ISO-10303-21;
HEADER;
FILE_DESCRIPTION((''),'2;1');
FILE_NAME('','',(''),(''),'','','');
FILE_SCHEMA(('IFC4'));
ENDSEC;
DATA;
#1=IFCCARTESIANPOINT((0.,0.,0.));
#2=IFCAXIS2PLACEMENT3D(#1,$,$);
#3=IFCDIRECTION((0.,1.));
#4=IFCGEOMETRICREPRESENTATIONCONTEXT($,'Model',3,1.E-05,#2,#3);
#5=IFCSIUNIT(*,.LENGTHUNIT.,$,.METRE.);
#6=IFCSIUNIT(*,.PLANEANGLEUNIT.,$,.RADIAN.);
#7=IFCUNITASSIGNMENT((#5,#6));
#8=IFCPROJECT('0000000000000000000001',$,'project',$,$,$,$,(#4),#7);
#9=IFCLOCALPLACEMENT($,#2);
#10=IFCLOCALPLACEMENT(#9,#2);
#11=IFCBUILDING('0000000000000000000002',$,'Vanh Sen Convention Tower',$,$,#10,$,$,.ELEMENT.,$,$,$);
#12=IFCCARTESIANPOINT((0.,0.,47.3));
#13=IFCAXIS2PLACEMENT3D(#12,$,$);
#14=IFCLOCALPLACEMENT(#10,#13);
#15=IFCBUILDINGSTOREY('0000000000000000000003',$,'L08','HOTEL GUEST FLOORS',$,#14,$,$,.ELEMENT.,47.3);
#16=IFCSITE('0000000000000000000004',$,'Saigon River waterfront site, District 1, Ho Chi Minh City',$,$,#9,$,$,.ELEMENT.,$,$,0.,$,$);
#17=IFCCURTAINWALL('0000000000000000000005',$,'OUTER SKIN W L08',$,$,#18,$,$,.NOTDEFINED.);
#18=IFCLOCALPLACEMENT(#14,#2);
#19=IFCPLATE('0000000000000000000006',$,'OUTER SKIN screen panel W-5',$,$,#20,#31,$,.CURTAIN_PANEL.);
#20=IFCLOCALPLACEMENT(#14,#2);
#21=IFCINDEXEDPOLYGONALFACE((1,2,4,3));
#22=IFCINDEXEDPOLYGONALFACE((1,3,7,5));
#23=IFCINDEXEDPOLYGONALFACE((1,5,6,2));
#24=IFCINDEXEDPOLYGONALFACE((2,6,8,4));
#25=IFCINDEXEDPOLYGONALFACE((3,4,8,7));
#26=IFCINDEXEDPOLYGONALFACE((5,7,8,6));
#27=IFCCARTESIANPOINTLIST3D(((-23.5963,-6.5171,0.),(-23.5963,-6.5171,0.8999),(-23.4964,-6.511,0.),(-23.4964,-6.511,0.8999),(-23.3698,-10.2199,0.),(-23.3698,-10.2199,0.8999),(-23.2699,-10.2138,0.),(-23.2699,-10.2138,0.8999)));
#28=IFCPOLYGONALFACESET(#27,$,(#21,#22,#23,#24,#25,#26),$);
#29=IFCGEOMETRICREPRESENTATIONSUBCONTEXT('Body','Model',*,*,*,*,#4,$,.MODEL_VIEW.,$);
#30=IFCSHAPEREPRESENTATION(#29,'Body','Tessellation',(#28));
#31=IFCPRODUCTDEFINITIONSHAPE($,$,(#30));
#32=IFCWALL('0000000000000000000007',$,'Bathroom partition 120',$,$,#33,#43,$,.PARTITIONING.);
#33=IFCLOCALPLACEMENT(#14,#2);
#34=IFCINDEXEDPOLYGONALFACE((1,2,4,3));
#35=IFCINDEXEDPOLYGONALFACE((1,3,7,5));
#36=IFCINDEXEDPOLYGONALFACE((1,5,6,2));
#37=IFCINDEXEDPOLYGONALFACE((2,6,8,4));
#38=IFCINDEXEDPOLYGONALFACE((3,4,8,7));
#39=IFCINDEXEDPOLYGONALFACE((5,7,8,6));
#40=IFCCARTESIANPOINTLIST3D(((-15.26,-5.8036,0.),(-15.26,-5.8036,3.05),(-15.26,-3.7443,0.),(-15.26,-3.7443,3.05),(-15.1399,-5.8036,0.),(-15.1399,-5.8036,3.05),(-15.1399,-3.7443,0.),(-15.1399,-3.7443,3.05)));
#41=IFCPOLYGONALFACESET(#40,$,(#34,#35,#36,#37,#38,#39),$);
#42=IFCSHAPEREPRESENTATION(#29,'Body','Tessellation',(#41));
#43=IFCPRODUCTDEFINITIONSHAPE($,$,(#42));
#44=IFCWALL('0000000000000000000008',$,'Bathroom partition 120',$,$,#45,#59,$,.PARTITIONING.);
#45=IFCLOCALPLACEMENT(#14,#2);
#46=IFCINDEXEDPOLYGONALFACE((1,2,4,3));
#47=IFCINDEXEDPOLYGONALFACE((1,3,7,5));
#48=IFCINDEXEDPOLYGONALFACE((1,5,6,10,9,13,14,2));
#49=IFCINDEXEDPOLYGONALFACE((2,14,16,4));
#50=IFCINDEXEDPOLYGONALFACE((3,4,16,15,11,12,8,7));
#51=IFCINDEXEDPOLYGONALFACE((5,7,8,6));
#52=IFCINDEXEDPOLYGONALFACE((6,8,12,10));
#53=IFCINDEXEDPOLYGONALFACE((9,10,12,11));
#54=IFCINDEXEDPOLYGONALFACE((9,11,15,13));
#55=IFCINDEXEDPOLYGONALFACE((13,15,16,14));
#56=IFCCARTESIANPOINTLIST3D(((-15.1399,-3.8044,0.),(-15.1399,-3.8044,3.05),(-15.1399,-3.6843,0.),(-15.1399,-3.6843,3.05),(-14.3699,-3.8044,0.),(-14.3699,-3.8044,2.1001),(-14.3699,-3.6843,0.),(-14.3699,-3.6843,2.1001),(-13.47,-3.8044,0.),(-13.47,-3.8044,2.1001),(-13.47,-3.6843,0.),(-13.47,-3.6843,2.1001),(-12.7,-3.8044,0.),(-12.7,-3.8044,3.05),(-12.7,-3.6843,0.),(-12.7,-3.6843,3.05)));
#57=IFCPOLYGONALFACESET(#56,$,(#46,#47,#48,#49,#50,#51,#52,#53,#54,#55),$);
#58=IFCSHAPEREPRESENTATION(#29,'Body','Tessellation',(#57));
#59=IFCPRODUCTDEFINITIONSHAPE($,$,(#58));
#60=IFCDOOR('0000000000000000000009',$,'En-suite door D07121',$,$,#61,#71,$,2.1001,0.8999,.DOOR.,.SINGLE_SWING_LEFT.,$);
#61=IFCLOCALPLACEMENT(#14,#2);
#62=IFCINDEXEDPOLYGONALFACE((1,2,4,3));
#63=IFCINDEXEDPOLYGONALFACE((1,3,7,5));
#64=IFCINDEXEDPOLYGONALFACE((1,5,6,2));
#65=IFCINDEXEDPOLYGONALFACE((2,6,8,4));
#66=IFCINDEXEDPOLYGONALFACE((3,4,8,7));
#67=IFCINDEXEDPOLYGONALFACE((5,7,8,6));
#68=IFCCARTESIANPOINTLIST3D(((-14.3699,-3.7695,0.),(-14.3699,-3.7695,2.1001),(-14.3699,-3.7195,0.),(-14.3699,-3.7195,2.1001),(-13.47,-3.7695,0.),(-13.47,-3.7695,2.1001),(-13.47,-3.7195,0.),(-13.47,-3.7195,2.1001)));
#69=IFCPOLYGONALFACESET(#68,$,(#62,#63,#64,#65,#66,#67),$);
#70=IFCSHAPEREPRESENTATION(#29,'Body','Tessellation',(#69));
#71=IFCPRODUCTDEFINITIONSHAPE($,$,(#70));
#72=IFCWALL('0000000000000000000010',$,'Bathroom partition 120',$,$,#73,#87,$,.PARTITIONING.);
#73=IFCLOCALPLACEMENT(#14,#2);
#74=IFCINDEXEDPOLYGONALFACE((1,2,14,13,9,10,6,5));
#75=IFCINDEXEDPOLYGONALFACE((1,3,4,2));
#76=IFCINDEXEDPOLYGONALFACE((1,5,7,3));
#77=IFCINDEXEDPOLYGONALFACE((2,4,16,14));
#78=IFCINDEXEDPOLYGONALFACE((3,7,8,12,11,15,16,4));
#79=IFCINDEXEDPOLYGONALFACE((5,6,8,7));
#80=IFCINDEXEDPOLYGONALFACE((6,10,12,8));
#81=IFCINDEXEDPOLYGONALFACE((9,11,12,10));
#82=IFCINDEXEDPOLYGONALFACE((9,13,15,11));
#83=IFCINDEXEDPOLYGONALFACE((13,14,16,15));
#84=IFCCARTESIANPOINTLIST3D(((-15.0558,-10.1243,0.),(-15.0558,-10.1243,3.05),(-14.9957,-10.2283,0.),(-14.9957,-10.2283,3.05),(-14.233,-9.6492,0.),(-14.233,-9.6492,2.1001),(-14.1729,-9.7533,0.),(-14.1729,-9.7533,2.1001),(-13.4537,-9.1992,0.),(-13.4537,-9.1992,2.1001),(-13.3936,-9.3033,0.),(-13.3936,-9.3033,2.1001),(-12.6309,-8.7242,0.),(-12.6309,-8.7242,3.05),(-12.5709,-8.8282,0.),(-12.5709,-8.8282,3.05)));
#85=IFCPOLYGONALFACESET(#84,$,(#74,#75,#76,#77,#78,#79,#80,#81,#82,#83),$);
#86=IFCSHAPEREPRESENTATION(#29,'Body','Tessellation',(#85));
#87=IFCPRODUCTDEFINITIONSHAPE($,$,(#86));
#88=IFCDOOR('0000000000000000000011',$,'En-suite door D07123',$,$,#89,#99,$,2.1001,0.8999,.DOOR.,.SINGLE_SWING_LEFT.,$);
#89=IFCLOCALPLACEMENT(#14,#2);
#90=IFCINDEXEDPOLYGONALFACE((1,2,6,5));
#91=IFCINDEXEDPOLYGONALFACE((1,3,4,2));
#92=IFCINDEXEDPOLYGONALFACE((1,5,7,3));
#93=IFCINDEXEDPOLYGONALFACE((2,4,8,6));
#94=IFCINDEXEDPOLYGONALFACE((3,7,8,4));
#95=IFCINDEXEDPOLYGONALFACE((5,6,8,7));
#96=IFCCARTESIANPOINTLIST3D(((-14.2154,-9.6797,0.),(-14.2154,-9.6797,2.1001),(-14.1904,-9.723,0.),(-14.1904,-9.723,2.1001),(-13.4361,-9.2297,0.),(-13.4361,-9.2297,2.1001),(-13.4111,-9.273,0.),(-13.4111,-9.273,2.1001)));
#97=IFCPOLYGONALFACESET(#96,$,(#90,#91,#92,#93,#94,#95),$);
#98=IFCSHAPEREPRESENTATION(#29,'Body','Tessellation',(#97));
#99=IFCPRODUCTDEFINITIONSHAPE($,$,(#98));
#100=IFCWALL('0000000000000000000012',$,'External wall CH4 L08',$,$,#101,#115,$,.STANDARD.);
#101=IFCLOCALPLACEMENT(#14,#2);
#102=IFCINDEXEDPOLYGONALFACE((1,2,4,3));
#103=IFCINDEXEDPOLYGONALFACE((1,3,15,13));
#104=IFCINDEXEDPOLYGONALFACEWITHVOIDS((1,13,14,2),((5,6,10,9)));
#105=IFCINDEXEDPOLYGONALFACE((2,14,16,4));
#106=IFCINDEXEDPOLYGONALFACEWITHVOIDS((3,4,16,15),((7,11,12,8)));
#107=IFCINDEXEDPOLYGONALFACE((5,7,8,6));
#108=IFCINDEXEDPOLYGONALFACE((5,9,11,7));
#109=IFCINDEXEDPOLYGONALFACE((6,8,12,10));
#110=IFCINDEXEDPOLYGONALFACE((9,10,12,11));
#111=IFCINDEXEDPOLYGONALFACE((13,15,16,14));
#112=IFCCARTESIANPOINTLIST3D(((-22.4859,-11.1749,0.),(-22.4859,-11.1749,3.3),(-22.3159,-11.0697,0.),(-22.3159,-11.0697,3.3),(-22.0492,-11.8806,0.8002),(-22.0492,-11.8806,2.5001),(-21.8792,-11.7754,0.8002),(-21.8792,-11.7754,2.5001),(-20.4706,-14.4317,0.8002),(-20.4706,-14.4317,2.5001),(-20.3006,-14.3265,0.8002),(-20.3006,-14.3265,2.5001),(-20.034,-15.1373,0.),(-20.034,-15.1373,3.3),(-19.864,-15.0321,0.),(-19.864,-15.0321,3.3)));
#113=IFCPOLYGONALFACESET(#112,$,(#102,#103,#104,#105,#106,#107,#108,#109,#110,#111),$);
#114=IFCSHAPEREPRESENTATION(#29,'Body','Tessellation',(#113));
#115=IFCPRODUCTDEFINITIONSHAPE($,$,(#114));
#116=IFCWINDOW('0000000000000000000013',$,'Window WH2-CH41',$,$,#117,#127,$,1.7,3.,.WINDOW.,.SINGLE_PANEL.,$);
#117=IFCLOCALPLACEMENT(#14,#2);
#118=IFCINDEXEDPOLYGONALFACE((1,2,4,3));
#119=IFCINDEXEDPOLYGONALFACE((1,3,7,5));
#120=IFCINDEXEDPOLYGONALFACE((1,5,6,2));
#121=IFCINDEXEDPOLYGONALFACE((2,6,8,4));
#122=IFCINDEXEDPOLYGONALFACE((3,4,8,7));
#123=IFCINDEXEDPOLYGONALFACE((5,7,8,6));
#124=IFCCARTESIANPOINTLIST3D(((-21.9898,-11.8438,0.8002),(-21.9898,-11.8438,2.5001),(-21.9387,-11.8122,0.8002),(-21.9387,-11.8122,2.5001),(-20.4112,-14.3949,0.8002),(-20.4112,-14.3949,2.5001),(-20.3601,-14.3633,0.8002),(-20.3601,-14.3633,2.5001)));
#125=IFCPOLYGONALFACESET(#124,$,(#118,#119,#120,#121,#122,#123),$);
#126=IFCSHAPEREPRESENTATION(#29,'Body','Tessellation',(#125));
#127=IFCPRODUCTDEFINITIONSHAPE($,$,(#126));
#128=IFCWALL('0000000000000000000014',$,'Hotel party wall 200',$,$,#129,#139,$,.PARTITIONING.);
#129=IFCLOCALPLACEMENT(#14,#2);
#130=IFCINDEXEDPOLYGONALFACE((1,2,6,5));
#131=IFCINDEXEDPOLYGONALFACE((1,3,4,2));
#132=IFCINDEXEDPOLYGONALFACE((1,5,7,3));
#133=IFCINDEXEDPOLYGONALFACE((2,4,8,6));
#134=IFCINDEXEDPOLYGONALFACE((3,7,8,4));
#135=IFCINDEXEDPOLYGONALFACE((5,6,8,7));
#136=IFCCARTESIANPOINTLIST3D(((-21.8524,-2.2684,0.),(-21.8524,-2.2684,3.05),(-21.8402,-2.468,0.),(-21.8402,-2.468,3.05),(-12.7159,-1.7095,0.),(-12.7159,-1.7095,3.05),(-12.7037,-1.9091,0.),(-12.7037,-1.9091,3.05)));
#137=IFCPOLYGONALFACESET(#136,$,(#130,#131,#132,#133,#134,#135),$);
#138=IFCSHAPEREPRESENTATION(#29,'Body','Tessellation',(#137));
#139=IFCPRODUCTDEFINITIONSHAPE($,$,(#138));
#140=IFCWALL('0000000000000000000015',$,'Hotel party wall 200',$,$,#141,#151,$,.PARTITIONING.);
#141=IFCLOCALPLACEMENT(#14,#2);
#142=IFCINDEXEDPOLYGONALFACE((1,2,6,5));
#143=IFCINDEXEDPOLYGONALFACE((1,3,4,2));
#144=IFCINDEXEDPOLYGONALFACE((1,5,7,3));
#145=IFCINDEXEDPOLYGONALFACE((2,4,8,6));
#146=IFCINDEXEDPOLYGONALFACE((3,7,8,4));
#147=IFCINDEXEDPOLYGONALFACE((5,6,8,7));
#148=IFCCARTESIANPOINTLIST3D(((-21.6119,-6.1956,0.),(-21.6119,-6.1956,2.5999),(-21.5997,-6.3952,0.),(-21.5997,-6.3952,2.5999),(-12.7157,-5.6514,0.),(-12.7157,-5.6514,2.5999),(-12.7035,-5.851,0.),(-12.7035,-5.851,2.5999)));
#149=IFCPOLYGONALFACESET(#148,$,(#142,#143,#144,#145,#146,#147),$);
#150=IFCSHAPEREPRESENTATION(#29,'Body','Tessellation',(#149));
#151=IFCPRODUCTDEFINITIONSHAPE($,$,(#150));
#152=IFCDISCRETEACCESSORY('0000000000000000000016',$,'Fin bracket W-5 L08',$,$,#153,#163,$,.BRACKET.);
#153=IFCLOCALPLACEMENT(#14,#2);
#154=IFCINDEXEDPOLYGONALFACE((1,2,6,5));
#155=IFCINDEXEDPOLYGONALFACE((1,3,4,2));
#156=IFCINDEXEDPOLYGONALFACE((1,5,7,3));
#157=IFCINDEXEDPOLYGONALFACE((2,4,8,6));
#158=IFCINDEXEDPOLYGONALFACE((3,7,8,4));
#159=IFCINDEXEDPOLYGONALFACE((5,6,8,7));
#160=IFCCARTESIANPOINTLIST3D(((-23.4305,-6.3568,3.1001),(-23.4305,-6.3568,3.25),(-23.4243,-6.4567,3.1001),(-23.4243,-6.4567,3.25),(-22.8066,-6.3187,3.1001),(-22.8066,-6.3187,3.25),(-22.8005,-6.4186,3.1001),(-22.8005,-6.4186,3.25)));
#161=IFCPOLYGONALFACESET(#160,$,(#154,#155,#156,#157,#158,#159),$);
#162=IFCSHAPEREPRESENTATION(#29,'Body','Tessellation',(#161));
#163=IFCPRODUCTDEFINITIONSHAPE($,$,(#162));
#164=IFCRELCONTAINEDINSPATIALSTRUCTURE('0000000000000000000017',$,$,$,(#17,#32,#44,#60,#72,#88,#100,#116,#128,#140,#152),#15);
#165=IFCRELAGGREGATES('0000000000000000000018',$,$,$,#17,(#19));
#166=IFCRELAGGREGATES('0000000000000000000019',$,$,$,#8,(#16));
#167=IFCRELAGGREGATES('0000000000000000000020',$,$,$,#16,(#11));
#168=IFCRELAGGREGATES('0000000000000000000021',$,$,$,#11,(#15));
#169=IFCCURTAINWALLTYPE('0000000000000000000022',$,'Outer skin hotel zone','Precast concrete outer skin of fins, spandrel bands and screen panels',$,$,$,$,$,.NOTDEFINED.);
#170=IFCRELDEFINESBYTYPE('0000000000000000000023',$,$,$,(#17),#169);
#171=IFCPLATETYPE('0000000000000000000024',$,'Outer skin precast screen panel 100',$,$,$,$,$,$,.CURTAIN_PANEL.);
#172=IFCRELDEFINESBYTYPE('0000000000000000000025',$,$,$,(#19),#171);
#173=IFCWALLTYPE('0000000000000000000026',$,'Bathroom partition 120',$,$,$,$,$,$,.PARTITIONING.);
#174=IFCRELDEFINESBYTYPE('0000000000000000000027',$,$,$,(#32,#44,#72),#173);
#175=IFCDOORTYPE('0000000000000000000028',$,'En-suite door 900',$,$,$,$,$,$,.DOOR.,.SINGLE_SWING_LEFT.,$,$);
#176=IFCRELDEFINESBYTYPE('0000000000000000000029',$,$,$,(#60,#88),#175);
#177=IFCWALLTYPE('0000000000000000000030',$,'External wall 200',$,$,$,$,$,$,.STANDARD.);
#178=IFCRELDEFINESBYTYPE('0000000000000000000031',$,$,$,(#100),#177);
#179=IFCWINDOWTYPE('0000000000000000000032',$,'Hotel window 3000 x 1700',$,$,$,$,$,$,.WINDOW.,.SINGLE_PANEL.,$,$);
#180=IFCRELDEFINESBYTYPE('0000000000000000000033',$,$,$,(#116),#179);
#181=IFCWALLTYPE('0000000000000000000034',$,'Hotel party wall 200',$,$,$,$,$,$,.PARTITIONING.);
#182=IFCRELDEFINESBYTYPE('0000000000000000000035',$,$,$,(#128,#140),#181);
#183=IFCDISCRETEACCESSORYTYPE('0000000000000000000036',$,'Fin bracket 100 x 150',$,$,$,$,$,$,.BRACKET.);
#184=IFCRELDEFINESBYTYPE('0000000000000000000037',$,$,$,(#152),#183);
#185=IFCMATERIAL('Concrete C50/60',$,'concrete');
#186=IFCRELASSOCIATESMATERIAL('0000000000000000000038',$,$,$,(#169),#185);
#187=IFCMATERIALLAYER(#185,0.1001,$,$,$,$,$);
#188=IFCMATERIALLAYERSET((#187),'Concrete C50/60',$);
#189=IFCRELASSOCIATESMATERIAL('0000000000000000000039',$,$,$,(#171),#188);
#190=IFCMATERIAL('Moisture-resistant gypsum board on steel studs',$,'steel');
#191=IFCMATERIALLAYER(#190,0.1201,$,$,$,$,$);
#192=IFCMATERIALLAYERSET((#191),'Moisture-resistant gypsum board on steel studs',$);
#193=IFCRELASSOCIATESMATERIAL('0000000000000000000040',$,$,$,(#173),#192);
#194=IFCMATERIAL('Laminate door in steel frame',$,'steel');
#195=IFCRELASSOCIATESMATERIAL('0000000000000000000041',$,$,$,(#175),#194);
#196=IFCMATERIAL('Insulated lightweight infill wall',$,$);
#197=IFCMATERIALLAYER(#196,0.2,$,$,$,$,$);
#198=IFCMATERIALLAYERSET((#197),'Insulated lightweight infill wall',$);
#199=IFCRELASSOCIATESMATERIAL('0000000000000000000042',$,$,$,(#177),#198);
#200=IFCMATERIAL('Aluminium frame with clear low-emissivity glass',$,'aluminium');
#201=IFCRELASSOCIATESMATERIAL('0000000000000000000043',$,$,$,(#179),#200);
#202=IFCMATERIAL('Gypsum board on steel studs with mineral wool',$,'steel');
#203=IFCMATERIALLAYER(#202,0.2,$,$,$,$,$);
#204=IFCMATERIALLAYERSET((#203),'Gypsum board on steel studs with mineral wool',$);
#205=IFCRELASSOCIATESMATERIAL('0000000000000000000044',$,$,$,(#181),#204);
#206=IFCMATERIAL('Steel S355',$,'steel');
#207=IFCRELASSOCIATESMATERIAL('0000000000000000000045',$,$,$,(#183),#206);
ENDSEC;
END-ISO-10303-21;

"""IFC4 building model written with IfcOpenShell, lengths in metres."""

from ifc_helpers import new_model, si_unit, direction, frame, frame_2d, origin, origin_2d, place, context, subcontext, project, spatial, rectangle, extrude, material, layer, layer_set, type_object, element, fill, aggregate, save


model = new_model("IFC4")

# Units and contexts
model_context = context("Model", 3, precision=1e-05, world=origin(), true_north=direction((0.0, 1.0)))
body_context = subcontext(model_context, "Body", "Model", "MODEL_VIEW")
ifc_project = project(units=[si_unit("LENGTHUNIT", "METRE"), si_unit("PLANEANGLEUNIT", "RADIAN")], contexts=[model_context])

# Site, building, storey
site_placement = place(None, origin())
site = spatial("IfcSite", under=ifc_project, at=site_placement, Name="Saigon River waterfront site, District 1, Ho Chi Minh City", CompositionType="ELEMENT", RefElevation=0.0)
building_placement = place(site_placement, origin())
building = spatial("IfcBuilding", under=site, at=building_placement, Name="Vanh Sen Convention Tower", CompositionType="ELEMENT")
storey_placement = place(building_placement, frame((0.0, 0.0, 47.3)))
storey = spatial("IfcBuildingStorey", under=building, at=storey_placement, Name="L08", Description="HOTEL GUEST FLOORS", CompositionType="ELEMENT", Elevation=47.3)

# Curtain wall
ifc_material_1 = material(Name="Concrete C50/60", Category="concrete")
curtain_wall_type = type_object("IfcCurtainWallType", Name="Outer skin hotel zone", Description="Precast concrete outer skin of fins, spandrel bands and screen panels", PredefinedType="NOTDEFINED", material=ifc_material_1)
curtain_wall_1_placement = place(storey_placement, origin())
curtain_wall_1 = element("IfcCurtainWall", 1, at=curtain_wall_1_placement, inside=storey, type_object=curtain_wall_type, Name="OUTER SKIN W L08", PredefinedType="NOTDEFINED")

# Plate
ifc_layer_1 = layer(ifc_material_1, 0.1001)
ifc_layer_set_1 = layer_set([ifc_layer_1], Name="Concrete C50/60")
plate_type = type_object("IfcPlateType", Name="Outer skin precast screen panel 100", PredefinedType="CURTAIN_PANEL", material=ifc_layer_set_1)
plate_1_placement = place(storey_placement, frame((-23.4331, -8.3655, 0.0), z_axis=(0.0, 0.0, 1.0), x_axis=(0.061047, -0.998135, 0.0)))
plate_1 = element("IfcPlate", 2, at=plate_1_placement, type_object=plate_type, Name="OUTER SKIN screen panel W-5", PredefinedType="CURTAIN_PANEL", context=body_context, shape_type="SweptSolid", body=[
    extrude(rectangle(XDim=3.7097, YDim=0.1001, at=origin_2d()), origin(), (0.0, 0.0, 1.0), 0.8999),
])
aggregate(curtain_wall_1, [plate_1])

# Wall
ifc_material_2 = material(Name="Moisture-resistant gypsum board on steel studs", Category="steel")
ifc_layer_2 = layer(ifc_material_2, 0.1201)
ifc_layer_set_2 = layer_set([ifc_layer_2], Name="Moisture-resistant gypsum board on steel studs")
wall_type_1 = type_object("IfcWallType", Name="Bathroom partition 120", PredefinedType="PARTITIONING", material=ifc_layer_set_2)
wall_1_placement = place(storey_placement, frame((-15.2, -5.8037, 0.0), z_axis=(0.0, 0.0, 1.0), x_axis=(0.0, 1.0, 0.0)))
element("IfcWall", 3, at=wall_1_placement, inside=storey, type_object=wall_type_1, Name="Bathroom partition 120", PredefinedType="PARTITIONING", context=body_context, shape_type="SweptSolid", body=[
    extrude(rectangle(XDim=2.0593, YDim=0.1201, at=frame_2d((1.0298, 0.0))), origin(), (0.0, 0.0, 1.0), 3.05),
])

# Walls, openings, doors
wall_2_placement = place(storey_placement, frame((-15.1399, -3.7444, 0.0), z_axis=(0.0, 0.0, 1.0), x_axis=(1.0, 0.0, 0.0)))
wall_2 = element("IfcWall", 4, at=wall_2_placement, inside=storey, type_object=wall_type_1, Name="Bathroom partition 120", PredefinedType="PARTITIONING", context=body_context, shape_type="SweptSolid", body=[
    extrude(rectangle(XDim=2.4399, YDim=0.1201, at=frame_2d((1.22, 0.0))), origin(), (0.0, 0.0, 1.0), 3.05),
])
opening_1_placement = place(wall_2_placement, frame((0.77, 0.0, 0.0)))
opening_1 = element("IfcOpeningElement", 5, at=opening_1_placement, cuts=wall_2, PredefinedType="OPENING", context=body_context, shape_type="SweptSolid", body=[
    extrude(rectangle(XDim=0.8999, YDim=2.1001, at=frame_2d((0.45, 1.05))), frame((0.0, 0.0701, 0.0), z_axis=(0.0, -1.0, 0.0), x_axis=(1.0, 0.0, 0.0)), (0.0, 0.0, 1.0), 0.1401),
])
ifc_material_3 = material(Name="Laminate door in steel frame", Category="steel")
door_type = type_object("IfcDoorType", Name="En-suite door 900", OperationType="SINGLE_SWING_LEFT", PredefinedType="DOOR", material=ifc_material_3)
door_1_placement = place(opening_1_placement, origin())
door_1 = element("IfcDoor", 6, at=door_1_placement, inside=storey, type_object=door_type, Name="En-suite door D07121", OperationType="SINGLE_SWING_LEFT", OverallHeight=2.1001, OverallWidth=0.8999, PredefinedType="DOOR", context=body_context, shape_type="SweptSolid", body=[
    extrude(rectangle(XDim=0.8999, YDim=2.1001, at=frame_2d((0.45, 1.05))), frame((0.0, 0.0249, 0.0), z_axis=(0.0, -1.0, 0.0), x_axis=(1.0, 0.0, 0.0)), (0.0, 0.0, 1.0), 0.05),
])
fill(opening_1, door_1)
wall_3_placement = place(storey_placement, frame((-15.0256, -10.1763, 0.0), z_axis=(0.0, 0.0, 1.0), x_axis=(0.865997, 0.50005, 0.0)))
wall_3 = element("IfcWall", 7, at=wall_3_placement, inside=storey, type_object=wall_type_1, Name="Bathroom partition 120", PredefinedType="PARTITIONING", context=body_context, shape_type="SweptSolid", body=[
    extrude(rectangle(XDim=2.8, YDim=0.1201, at=frame_2d((1.3999, 0.0))), origin(), (0.0, 0.0, 1.0), 3.05),
])
opening_2_placement = place(wall_3_placement, frame((0.95, 0.0, 0.0)))
opening_2 = element("IfcOpeningElement", 8, at=opening_2_placement, cuts=wall_3, PredefinedType="OPENING", context=body_context, shape_type="SweptSolid", body=[
    extrude(rectangle(XDim=0.8999, YDim=2.1001, at=frame_2d((0.45, 1.05))), frame((0.0, 0.0701, 0.0), z_axis=(0.0, -1.0, 0.0), x_axis=(1.0, 0.0, 0.0)), (0.0, 0.0, 1.0), 0.1401),
])
door_2_placement = place(opening_2_placement, origin())
door_2 = element("IfcDoor", 9, at=door_2_placement, inside=storey, type_object=door_type, Name="En-suite door D07123", OperationType="SINGLE_SWING_LEFT", OverallHeight=2.1001, OverallWidth=0.8999, PredefinedType="DOOR", context=body_context, shape_type="SweptSolid", body=[
    extrude(rectangle(XDim=0.8999, YDim=2.1001, at=frame_2d((0.45, 1.05))), frame((0.0, 0.0249, 0.0), z_axis=(0.0, -1.0, 0.0), x_axis=(1.0, 0.0, 0.0)), (0.0, 0.0, 1.0), 0.05),
])
fill(opening_2, door_2)

# Wall, opening, window
ifc_material_4 = material(Name="Insulated lightweight infill wall")
ifc_layer_3 = layer(ifc_material_4, 0.2)
ifc_layer_set_3 = layer_set([ifc_layer_3], Name="Insulated lightweight infill wall")
wall_type_2 = type_object("IfcWallType", Name="External wall 200", PredefinedType="STANDARD", material=ifc_layer_set_3)
wall_4_placement = place(storey_placement, frame((-22.4009, -11.1223, 0.0), z_axis=(0.0, 0.0, 1.0), x_axis=(0.526198, -0.850362, 0.0)))
wall_4 = element("IfcWall", 10, at=wall_4_placement, inside=storey, type_object=wall_type_2, Name="External wall CH4 L08", PredefinedType="STANDARD", context=body_context, shape_type="SweptSolid", body=[
    extrude(rectangle(XDim=4.6597, YDim=0.2, at=frame_2d((2.3298, 0.0))), origin(), (0.0, 0.0, 1.0), 3.3),
])
opening_3_placement = place(wall_4_placement, frame((0.8298, 0.0, 0.8)))
opening_3 = element("IfcOpeningElement", 11, at=opening_3_placement, cuts=wall_4, PredefinedType="OPENING", context=body_context, shape_type="SweptSolid", body=[
    extrude(rectangle(XDim=3.0, YDim=1.7, at=frame_2d((1.5, 0.8501))), frame((0.0, 0.1099, 0.0), z_axis=(0.0, -1.0, 0.0), x_axis=(1.0, 0.0, 0.0)), (0.0, 0.0, 1.0), 0.22),
])
ifc_material_5 = material(Name="Aluminium frame with clear low-emissivity glass", Category="aluminium")
window_type = type_object("IfcWindowType", Name="Hotel window 3000 x 1700", PartitioningType="SINGLE_PANEL", PredefinedType="WINDOW", material=ifc_material_5)
window_placement = place(opening_3_placement, origin())
window = element("IfcWindow", 12, at=window_placement, inside=storey, type_object=window_type, Name="Window WH2-CH41", OverallHeight=1.7, OverallWidth=3.0, PartitioningType="SINGLE_PANEL", PredefinedType="WINDOW", context=body_context, shape_type="SweptSolid", body=[
    extrude(rectangle(XDim=3.0, YDim=1.7, at=frame_2d((1.5, 0.8501))), frame((0.0, 0.03, 0.0), z_axis=(0.0, -1.0, 0.0), x_axis=(1.0, 0.0, 0.0)), (0.0, 0.0, 1.0), 0.0601),
])
fill(opening_3, window)

# Walls
ifc_material_6 = material(Name="Gypsum board on steel studs with mineral wool", Category="steel")
ifc_layer_4 = layer(ifc_material_6, 0.2)
ifc_layer_set_4 = layer_set([ifc_layer_4], Name="Gypsum board on steel studs with mineral wool")
wall_type_3 = type_object("IfcWallType", Name="Hotel party wall 200", PredefinedType="PARTITIONING", material=ifc_layer_set_4)
wall_5_placement = place(storey_placement, frame((-21.8462, -2.3682, 0.0), z_axis=(0.0, 0.0, 1.0), x_axis=(0.998135, 0.061051, 0.0)))
element("IfcWall", 13, at=wall_5_placement, inside=storey, type_object=wall_type_3, Name="Hotel party wall 200", PredefinedType="PARTITIONING", context=body_context, shape_type="SweptSolid", body=[
    extrude(rectangle(XDim=9.1536, YDim=0.2, at=frame_2d((4.5767, 0.0))), origin(), (0.0, 0.0, 1.0), 3.05),
])
wall_6_placement = place(storey_placement, frame((-21.606, -6.2954, 0.0), z_axis=(0.0, 0.0, 1.0), x_axis=(0.998134, 0.061057, 0.0)))
element("IfcWall", 14, at=wall_6_placement, inside=storey, type_object=wall_type_3, Name="Hotel party wall 200", PredefinedType="PARTITIONING", context=body_context, shape_type="SweptSolid", body=[
    extrude(rectangle(XDim=8.9128, YDim=0.2, at=frame_2d((4.4565, 0.0))), origin(), (0.0, 0.0, 1.0), 2.5999),
])

# Discrete accessory
ifc_material_7 = material(Name="Steel S355", Category="steel")
discrete_accessory_type = type_object("IfcDiscreteAccessoryType", Name="Fin bracket 100 x 150", PredefinedType="BRACKET", material=ifc_material_7)
discrete_accessory_placement = place(storey_placement, frame((-23.1155, -6.3877, 3.1001), z_axis=(0.0, 0.0, 1.0), x_axis=(-0.998135, -0.061049, 0.0)))
element("IfcDiscreteAccessory", 15, at=discrete_accessory_placement, inside=storey, type_object=discrete_accessory_type, Name="Fin bracket W-5 L08", PredefinedType="BRACKET", context=body_context, shape_type="SweptSolid", body=[
    extrude(rectangle(XDim=0.625, YDim=0.1001, at=origin_2d()), origin(), (0.0, 0.0, 1.0), 0.1499),
])

save(model, "model.ifc")
